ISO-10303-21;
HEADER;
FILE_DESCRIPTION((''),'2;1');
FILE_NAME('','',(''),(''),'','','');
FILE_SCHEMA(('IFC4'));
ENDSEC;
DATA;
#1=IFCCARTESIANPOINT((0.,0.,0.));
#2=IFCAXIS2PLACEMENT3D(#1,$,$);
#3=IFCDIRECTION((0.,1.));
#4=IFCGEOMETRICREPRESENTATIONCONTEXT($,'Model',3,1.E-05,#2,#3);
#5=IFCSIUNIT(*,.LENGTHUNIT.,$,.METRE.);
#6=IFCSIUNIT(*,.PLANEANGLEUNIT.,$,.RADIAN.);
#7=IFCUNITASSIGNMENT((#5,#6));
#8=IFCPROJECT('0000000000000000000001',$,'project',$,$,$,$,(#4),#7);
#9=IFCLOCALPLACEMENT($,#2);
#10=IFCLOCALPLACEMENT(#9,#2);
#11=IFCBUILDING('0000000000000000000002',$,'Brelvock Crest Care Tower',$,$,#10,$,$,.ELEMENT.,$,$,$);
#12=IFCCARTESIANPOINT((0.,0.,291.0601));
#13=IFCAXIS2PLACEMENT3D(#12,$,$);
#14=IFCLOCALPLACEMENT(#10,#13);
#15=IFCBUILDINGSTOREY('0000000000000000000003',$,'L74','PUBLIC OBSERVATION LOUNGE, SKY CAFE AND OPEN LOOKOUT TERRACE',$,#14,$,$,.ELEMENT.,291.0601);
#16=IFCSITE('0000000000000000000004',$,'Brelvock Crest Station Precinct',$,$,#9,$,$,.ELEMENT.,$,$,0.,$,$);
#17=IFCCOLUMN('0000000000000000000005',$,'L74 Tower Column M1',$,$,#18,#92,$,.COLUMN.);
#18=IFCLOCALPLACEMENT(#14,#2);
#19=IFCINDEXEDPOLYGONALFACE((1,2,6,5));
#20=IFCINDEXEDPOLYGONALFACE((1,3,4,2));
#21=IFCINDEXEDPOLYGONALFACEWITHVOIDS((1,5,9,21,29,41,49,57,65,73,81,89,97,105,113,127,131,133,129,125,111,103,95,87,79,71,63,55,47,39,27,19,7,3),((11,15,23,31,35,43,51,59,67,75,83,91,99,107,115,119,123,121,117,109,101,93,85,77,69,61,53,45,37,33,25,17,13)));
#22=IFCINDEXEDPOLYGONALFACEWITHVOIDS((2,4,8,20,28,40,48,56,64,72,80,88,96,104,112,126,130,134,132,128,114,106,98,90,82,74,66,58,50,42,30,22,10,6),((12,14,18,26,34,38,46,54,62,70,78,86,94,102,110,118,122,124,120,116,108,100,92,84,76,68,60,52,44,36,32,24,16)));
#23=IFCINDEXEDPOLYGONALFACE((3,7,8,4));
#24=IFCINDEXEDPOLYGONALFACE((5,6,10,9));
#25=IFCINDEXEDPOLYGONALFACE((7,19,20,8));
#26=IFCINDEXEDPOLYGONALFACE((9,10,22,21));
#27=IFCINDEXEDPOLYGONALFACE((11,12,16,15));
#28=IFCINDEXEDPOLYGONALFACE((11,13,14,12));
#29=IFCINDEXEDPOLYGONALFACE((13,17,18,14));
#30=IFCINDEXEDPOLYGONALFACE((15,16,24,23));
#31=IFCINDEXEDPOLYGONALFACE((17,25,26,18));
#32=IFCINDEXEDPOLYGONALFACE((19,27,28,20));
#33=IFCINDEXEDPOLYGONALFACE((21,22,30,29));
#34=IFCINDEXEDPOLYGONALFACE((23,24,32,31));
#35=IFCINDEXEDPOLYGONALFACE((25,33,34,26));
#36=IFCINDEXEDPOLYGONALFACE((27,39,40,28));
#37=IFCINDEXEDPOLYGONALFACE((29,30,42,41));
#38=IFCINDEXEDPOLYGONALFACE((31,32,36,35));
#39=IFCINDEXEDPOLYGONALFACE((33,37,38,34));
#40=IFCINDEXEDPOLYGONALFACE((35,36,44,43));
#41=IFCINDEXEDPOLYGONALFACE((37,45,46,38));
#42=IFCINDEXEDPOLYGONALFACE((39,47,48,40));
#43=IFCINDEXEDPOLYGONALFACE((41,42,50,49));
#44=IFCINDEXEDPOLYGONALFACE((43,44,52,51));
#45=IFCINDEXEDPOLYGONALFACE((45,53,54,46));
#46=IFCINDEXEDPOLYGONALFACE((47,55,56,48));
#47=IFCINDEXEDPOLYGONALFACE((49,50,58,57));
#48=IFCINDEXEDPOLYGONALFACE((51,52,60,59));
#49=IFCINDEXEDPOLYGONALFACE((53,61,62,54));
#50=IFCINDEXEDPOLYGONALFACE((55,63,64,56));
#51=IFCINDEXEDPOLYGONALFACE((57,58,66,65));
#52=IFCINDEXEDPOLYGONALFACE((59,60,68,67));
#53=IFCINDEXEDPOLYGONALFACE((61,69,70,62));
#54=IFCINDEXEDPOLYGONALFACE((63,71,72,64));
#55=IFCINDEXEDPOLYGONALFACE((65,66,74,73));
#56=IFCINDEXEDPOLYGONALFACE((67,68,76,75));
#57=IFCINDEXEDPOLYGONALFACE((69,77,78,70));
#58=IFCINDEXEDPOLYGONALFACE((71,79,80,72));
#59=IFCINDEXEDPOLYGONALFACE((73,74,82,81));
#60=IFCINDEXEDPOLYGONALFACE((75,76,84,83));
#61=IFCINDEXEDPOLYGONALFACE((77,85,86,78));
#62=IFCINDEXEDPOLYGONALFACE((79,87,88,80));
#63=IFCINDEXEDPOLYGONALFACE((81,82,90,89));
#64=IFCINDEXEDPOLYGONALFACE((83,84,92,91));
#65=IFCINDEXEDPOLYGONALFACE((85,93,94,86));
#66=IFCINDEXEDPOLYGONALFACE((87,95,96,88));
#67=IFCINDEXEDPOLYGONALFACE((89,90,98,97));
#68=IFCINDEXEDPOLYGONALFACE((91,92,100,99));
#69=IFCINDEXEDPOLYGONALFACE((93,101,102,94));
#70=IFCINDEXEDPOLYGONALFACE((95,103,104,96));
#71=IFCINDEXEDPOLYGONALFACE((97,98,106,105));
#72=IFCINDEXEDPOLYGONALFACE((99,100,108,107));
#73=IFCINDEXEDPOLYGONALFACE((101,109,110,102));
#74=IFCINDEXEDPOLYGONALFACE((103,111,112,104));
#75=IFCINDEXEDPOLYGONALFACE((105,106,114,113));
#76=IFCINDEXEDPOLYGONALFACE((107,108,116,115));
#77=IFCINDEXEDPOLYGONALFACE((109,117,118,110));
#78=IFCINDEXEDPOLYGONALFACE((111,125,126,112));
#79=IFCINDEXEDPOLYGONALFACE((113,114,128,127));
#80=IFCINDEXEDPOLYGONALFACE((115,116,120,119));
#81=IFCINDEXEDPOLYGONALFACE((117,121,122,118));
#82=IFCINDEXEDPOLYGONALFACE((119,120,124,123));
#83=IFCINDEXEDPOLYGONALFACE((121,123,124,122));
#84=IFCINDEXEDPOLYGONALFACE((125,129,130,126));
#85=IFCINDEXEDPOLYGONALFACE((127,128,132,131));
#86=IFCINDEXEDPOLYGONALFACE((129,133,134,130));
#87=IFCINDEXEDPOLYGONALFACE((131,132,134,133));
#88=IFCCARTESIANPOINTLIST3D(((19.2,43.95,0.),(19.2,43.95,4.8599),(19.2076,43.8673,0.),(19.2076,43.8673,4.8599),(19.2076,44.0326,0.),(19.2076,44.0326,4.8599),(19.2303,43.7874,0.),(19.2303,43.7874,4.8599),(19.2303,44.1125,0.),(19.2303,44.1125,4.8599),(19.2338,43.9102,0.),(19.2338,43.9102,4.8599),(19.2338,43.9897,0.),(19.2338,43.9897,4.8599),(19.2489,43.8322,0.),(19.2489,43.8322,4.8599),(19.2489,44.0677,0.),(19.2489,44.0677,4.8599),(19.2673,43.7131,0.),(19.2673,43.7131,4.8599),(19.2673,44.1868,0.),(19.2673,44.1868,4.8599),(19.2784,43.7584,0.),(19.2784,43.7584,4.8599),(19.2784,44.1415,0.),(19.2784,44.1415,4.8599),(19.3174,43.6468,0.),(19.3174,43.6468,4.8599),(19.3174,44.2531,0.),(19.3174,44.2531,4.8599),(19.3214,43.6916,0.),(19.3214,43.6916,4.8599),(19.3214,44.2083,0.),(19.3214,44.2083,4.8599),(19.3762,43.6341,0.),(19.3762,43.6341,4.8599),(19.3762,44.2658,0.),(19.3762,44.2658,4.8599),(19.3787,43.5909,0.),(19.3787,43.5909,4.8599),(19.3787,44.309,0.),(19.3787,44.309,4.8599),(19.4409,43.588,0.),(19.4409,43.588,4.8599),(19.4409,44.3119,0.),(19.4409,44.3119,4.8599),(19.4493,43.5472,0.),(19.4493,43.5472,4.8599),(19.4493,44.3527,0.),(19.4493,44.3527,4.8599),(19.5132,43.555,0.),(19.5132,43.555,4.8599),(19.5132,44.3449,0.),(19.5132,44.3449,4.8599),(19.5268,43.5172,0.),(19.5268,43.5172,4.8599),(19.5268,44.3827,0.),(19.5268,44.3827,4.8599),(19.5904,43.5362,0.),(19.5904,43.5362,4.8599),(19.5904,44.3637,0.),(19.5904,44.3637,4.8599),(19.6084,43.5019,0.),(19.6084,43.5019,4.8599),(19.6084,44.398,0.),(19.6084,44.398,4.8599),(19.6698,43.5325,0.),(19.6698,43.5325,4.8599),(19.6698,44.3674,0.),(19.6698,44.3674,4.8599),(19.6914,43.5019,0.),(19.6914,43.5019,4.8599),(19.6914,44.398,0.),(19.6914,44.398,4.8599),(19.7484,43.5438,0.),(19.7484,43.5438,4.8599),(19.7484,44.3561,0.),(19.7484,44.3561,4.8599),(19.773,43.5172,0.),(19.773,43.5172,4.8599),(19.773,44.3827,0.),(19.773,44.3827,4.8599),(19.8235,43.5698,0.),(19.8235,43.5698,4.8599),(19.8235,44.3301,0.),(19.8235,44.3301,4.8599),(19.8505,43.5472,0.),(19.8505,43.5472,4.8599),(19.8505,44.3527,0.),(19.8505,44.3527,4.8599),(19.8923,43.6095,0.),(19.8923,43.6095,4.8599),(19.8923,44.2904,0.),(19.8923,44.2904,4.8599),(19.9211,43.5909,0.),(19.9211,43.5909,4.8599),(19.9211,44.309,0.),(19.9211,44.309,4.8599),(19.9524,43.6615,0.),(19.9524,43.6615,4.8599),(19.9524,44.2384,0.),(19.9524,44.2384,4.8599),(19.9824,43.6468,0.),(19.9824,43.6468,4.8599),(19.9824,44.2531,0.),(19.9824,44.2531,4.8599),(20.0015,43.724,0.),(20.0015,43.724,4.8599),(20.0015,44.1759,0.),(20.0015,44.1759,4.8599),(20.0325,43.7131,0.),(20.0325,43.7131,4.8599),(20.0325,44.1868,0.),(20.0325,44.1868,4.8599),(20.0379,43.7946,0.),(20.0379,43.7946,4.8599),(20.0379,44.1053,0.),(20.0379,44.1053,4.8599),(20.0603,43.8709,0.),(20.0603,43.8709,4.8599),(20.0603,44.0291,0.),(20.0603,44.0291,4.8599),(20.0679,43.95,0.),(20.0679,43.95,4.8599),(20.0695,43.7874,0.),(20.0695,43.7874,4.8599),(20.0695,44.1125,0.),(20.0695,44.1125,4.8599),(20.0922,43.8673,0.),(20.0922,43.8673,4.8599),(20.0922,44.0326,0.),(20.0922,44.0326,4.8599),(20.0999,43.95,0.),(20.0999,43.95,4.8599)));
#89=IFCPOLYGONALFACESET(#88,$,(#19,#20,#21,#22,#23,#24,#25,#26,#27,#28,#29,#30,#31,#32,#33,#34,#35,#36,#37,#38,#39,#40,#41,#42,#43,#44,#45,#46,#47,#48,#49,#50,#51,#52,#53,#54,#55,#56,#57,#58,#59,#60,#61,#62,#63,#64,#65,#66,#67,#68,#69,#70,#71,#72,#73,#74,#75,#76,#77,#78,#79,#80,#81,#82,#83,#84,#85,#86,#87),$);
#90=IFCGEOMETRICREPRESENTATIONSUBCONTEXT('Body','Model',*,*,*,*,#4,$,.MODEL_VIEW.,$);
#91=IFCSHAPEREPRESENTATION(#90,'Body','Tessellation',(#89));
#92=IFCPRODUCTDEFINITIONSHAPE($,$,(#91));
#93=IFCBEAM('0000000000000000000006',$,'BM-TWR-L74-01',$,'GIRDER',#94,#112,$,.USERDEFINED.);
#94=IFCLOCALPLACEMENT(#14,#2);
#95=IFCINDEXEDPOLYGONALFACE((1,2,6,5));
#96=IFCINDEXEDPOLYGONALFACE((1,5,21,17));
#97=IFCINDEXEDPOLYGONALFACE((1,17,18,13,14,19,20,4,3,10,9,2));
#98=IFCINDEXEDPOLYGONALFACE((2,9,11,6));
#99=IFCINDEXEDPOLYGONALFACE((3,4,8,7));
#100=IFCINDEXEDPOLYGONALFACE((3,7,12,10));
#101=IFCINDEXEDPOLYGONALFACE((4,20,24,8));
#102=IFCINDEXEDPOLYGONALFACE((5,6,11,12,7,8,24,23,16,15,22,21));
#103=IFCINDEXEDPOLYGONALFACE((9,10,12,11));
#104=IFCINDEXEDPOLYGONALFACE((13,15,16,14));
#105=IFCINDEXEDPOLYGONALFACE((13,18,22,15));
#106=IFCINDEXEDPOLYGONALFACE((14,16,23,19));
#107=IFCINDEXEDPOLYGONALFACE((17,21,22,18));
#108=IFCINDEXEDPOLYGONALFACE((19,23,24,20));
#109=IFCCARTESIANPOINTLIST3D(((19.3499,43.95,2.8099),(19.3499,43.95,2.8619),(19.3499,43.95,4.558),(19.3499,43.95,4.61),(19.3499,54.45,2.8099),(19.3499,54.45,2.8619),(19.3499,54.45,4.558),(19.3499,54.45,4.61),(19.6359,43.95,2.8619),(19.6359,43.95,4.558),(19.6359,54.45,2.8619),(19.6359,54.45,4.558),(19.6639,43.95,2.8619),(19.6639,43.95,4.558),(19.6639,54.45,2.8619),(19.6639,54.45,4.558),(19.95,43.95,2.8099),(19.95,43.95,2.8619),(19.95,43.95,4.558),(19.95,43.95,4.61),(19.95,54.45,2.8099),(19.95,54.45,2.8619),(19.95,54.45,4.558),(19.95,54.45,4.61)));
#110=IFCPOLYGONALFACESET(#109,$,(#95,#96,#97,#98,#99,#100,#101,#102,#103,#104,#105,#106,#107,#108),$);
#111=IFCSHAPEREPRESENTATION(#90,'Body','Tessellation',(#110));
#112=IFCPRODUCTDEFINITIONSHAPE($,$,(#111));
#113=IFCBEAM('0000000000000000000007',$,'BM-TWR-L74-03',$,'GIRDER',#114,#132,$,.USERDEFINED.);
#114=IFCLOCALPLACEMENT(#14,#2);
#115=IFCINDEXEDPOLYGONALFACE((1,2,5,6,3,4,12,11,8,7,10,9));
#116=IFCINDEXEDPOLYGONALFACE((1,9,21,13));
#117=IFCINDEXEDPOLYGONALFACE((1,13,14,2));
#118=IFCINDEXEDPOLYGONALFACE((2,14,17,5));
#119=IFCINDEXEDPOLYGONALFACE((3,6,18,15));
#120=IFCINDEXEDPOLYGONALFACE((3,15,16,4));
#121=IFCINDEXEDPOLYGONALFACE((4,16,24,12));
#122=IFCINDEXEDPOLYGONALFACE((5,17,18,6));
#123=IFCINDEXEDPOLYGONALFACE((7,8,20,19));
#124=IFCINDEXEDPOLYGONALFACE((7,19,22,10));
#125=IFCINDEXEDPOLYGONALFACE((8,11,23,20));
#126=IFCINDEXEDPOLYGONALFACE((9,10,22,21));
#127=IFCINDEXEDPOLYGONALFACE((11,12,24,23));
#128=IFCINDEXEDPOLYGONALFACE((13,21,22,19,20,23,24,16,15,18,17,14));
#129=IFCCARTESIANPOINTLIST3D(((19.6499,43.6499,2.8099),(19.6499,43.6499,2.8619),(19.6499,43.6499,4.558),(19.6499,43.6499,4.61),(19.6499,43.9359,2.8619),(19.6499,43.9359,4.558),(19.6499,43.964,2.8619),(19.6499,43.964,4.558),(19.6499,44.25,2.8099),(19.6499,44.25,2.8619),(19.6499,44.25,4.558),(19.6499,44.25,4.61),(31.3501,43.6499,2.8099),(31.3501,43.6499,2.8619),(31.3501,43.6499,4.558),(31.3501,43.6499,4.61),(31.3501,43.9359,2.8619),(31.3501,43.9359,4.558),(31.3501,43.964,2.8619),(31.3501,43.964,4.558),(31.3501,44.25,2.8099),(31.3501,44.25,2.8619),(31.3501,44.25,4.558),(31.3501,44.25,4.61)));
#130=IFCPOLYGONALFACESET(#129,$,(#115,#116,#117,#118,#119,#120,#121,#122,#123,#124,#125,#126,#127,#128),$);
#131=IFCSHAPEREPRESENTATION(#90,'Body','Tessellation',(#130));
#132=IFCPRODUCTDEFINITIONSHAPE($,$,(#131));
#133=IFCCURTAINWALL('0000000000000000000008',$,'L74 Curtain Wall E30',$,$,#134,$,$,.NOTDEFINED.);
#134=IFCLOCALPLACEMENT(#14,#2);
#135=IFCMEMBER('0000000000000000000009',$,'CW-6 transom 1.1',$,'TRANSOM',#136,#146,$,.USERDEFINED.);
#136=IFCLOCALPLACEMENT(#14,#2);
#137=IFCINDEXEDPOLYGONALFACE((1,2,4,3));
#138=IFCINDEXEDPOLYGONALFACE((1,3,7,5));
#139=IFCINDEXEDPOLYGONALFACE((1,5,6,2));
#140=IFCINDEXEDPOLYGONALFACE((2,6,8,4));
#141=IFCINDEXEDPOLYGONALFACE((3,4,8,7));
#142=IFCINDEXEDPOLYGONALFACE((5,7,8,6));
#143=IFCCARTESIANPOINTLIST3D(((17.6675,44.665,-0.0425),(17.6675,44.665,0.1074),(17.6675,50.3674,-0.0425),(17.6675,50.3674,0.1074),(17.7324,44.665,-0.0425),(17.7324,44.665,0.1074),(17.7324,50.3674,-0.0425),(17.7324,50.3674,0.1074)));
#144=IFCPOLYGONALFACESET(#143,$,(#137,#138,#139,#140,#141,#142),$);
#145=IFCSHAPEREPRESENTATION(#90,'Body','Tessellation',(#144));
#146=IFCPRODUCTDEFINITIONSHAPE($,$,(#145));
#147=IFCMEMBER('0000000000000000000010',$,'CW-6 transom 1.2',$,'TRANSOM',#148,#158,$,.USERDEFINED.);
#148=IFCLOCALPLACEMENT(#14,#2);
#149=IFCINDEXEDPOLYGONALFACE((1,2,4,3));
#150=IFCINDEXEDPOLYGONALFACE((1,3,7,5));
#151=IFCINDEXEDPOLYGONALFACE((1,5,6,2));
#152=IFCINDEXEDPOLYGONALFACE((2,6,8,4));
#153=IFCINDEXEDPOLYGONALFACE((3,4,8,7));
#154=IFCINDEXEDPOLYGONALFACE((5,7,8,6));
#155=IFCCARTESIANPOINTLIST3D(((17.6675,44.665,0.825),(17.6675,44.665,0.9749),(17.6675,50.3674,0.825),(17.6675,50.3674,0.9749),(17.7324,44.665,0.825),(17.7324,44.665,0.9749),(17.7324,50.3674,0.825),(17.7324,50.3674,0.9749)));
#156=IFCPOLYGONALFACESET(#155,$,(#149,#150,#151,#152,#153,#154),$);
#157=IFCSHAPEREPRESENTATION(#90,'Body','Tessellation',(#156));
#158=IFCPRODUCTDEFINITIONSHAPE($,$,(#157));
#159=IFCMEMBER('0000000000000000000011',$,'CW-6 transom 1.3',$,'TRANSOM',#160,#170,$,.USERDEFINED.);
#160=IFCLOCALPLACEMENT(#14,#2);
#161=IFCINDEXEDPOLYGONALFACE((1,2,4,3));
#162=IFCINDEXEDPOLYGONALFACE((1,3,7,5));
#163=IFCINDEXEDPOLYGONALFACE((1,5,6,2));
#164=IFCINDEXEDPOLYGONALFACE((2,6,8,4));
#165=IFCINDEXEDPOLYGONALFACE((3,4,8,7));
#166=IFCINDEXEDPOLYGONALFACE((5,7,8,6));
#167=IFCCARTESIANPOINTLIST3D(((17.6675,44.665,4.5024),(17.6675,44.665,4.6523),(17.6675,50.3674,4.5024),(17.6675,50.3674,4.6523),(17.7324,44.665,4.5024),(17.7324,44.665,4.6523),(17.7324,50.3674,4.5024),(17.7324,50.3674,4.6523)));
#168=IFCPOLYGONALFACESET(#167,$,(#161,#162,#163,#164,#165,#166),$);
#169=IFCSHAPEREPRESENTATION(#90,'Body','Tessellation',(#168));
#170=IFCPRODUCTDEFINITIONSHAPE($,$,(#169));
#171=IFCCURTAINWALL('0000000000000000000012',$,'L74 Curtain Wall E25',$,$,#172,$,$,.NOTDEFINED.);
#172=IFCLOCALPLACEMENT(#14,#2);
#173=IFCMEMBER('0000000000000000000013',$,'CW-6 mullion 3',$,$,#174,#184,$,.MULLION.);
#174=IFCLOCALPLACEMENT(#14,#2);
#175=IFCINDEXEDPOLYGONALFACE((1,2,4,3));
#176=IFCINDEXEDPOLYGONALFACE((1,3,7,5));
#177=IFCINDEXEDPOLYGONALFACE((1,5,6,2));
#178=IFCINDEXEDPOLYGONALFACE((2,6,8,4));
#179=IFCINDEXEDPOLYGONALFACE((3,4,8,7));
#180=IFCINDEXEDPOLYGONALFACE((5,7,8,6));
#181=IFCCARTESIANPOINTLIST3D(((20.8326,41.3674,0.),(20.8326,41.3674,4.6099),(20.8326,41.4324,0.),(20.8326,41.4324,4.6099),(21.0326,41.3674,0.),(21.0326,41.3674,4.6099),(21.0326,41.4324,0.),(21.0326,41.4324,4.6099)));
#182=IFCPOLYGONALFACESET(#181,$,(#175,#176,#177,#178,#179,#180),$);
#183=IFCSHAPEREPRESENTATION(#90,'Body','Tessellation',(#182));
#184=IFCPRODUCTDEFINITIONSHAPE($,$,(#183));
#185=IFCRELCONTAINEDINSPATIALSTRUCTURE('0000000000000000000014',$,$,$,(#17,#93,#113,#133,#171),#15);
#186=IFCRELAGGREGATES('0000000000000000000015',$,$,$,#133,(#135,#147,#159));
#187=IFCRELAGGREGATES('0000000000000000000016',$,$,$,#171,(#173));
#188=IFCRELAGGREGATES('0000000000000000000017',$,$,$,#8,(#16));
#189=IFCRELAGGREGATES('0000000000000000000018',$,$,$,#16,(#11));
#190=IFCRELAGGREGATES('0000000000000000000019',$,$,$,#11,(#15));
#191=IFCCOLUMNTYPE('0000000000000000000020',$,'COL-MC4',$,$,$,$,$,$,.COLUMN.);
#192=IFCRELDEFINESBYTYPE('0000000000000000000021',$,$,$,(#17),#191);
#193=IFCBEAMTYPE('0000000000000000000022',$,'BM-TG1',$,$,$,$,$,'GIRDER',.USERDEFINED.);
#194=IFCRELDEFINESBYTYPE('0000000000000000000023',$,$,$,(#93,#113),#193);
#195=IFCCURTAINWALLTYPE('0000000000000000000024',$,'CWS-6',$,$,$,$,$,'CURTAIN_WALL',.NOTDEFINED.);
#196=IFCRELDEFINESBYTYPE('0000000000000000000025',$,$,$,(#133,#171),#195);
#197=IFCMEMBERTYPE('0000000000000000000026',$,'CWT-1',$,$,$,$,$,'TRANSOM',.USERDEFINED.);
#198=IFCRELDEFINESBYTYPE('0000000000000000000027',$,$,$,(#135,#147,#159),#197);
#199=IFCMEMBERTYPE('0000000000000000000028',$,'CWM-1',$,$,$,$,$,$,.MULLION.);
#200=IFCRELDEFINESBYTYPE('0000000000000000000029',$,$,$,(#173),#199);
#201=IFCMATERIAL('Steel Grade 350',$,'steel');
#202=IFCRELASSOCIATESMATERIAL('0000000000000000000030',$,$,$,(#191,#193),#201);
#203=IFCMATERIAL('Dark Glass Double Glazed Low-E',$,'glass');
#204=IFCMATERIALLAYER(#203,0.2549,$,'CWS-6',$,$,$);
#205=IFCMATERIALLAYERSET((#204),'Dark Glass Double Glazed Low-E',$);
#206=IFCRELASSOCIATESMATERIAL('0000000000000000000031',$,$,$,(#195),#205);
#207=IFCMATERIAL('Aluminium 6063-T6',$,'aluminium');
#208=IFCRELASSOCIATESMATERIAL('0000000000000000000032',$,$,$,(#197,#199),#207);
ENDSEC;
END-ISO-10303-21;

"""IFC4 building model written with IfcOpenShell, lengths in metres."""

from ifc_helpers import new_model, si_unit, direction, frame, origin, origin_2d, place, context, subcontext, project, spatial, rectangle, hollow_circle, i_section, extrude, source, transform, mapped, material, layer, layer_set, material_profile, profile_set, type_object, element, aggregate, save


model = new_model("IFC4")

# Units and contexts
model_context = context("Model", 3, precision=1e-05, world=origin(), true_north=direction((0.0, 1.0)))
body_context = subcontext(model_context, "Body", "Model", "MODEL_VIEW")
ifc_project = project(units=[si_unit("LENGTHUNIT", "METRE"), si_unit("PLANEANGLEUNIT", "RADIAN")], contexts=[model_context])

# Site, building, storey
site_placement = place(None, origin())
site = spatial("IfcSite", under=ifc_project, at=site_placement, Name="Brelvock Crest Station Precinct", CompositionType="ELEMENT", RefElevation=0.0)
building_placement = place(site_placement, origin())
building = spatial("IfcBuilding", under=site, at=building_placement, Name="Brelvock Crest Care Tower", CompositionType="ELEMENT")
storey_placement = place(building_placement, frame((0.0, 0.0, 291.0601)))
storey = spatial("IfcBuildingStorey", under=building, at=storey_placement, Name="L74", Description="PUBLIC OBSERVATION LOUNGE, SKY CAFE AND OPEN LOOKOUT TERRACE", CompositionType="ELEMENT", Elevation=291.0601)

# Column
ifc_material_1 = material(Name="Steel Grade 350", Category="steel")
ifc_material_profile_1 = material_profile(ifc_material_1, hollow_circle(Radius=0.45, WallThickness=0.032, at=origin_2d()), Name="CFT900x32")
ifc_profile_set_1 = profile_set([ifc_material_profile_1], Name="Steel Grade 350")
column_type = type_object("IfcColumnType", Name="COL-MC4", PredefinedType="COLUMN", material=ifc_profile_set_1)
shared_shape_1 = source(origin(), body_context, "Body", "SweptSolid", [
    extrude(hollow_circle(Radius=0.45, WallThickness=0.032, at=origin_2d()), origin(), (0.0, 0.0, 1.0), 4.8599),
])
column_placement = place(storey_placement, frame((19.6499, 43.95, 0.0), z_axis=(0.0, 0.0, 1.0), x_axis=(1.0, 0.0, 0.0)))
element("IfcColumn", 1, at=column_placement, inside=storey, type_object=column_type, Name="L74 Tower Column M1", PredefinedType="COLUMN", context=body_context, shape_type="MappedRepresentation", body=[
    mapped(shared_shape_1, transform((0.0, 0.0, 0.0), x_axis=(1.0, 0.0, 0.0), y_axis=(0.0, 1.0, 0.0), z_axis=(0.0, 0.0, 1.0), scale=1.0)),
])

# Beams
ifc_material_profile_2 = material_profile(ifc_material_1, i_section(OverallWidth=0.6001, OverallDepth=1.8, WebThickness=0.0281, FlangeThickness=0.052, at=origin_2d()), Name="1800TG740")
ifc_profile_set_2 = profile_set([ifc_material_profile_2], Name="Steel Grade 350")
beam_type = type_object("IfcBeamType", Name="BM-TG1", ElementType="GIRDER", PredefinedType="USERDEFINED", material=ifc_profile_set_2)
shared_shape_2 = source(origin(), body_context, "Body", "SweptSolid", [
    extrude(i_section(OverallWidth=0.6001, OverallDepth=1.8, WebThickness=0.0281, FlangeThickness=0.052, at=origin_2d()), origin(), (0.0, 0.0, 1.0), 10.5),
])
beam_1_placement = place(storey_placement, frame((19.6499, 43.95, 3.71), z_axis=(0.0, 1.0, 0.0), x_axis=(-1.0, 0.0, 0.0)))
element("IfcBeam", 2, at=beam_1_placement, inside=storey, type_object=beam_type, Name="BM-TWR-L74-01", ObjectType="GIRDER", PredefinedType="USERDEFINED", context=body_context, shape_type="MappedRepresentation", body=[
    mapped(shared_shape_2, transform((0.0, 0.0, 0.0), x_axis=(1.0, 0.0, 0.0), y_axis=(0.0, 1.0, 0.0), z_axis=(0.0, 0.0, 1.0), scale=1.0)),
])
shared_shape_3 = source(origin(), body_context, "Body", "SweptSolid", [
    extrude(i_section(OverallWidth=0.6001, OverallDepth=1.8, WebThickness=0.0281, FlangeThickness=0.052, at=origin_2d()), origin(), (0.0, 0.0, 1.0), 11.7002),
])
beam_2_placement = place(storey_placement, frame((19.6499, 43.95, 3.71), z_axis=(1.0, 0.0, 0.0), x_axis=(0.0, 1.0, 0.0)))
element("IfcBeam", 3, at=beam_2_placement, inside=storey, type_object=beam_type, Name="BM-TWR-L74-03", ObjectType="GIRDER", PredefinedType="USERDEFINED", context=body_context, shape_type="MappedRepresentation", body=[
    mapped(shared_shape_3, transform((0.0, 0.0, 0.0), x_axis=(1.0, 0.0, 0.0), y_axis=(0.0, 1.0, 0.0), z_axis=(0.0, 0.0, 1.0), scale=1.0)),
])

# Curtain wall, members
ifc_material_2 = material(Name="Dark Glass Double Glazed Low-E", Category="glass")
ifc_layer_1 = layer(ifc_material_2, 0.2549, Name="CWS-6")
ifc_layer_set_1 = layer_set([ifc_layer_1], Name="Dark Glass Double Glazed Low-E")
curtain_wall_type = type_object("IfcCurtainWallType", Name="CWS-6", ElementType="CURTAIN_WALL", PredefinedType="NOTDEFINED", material=ifc_layer_set_1)
curtain_wall_1_placement = place(storey_placement, origin())
curtain_wall_1 = element("IfcCurtainWall", 4, at=curtain_wall_1_placement, inside=storey, type_object=curtain_wall_type, Name="L74 Curtain Wall E30", PredefinedType="NOTDEFINED")
ifc_material_3 = material(Name="Aluminium 6063-T6", Category="aluminium")
ifc_material_profile_3 = material_profile(ifc_material_3, rectangle(XDim=0.0649, YDim=0.1499, at=origin_2d()), Name="ALU65x150")
ifc_profile_set_3 = profile_set([ifc_material_profile_3], Name="Aluminium 6063-T6")
member_type_1 = type_object("IfcMemberType", Name="CWT-1", ElementType="TRANSOM", PredefinedType="USERDEFINED", material=ifc_profile_set_3)
shared_shape_4 = source(origin(), body_context, "Body", "SweptSolid", [
    extrude(rectangle(XDim=0.0649, YDim=0.1499, at=origin_2d()), origin(), (0.0, 0.0, 1.0), 5.7024),
])
member_1_placement = place(storey_placement, frame((17.7, 44.665, 0.0325), z_axis=(0.0, 1.0, 0.0), x_axis=(-1.0, 0.0, 0.0)))
member_1 = element("IfcMember", 5, at=member_1_placement, type_object=member_type_1, Name="CW-6 transom 1.1", ObjectType="TRANSOM", PredefinedType="USERDEFINED", context=body_context, shape_type="MappedRepresentation", body=[
    mapped(shared_shape_4, transform((0.0, 0.0, 0.0), x_axis=(1.0, 0.0, 0.0), y_axis=(0.0, 1.0, 0.0), z_axis=(0.0, 0.0, 1.0), scale=1.0)),
])
member_2_placement = place(storey_placement, frame((17.7, 44.665, 0.8999), z_axis=(0.0, 1.0, 0.0), x_axis=(-1.0, 0.0, 0.0)))
member_2 = element("IfcMember", 6, at=member_2_placement, type_object=member_type_1, Name="CW-6 transom 1.2", ObjectType="TRANSOM", PredefinedType="USERDEFINED", context=body_context, shape_type="MappedRepresentation", body=[
    mapped(shared_shape_4, transform((0.0, 0.0, 0.0), x_axis=(1.0, 0.0, 0.0), y_axis=(0.0, 1.0, 0.0), z_axis=(0.0, 0.0, 1.0), scale=1.0)),
])
member_3_placement = place(storey_placement, frame((17.7, 44.665, 4.5774), z_axis=(0.0, 1.0, 0.0), x_axis=(-1.0, 0.0, 0.0)))
member_3 = element("IfcMember", 7, at=member_3_placement, type_object=member_type_1, Name="CW-6 transom 1.3", ObjectType="TRANSOM", PredefinedType="USERDEFINED", context=body_context, shape_type="MappedRepresentation", body=[
    mapped(shared_shape_4, transform((0.0, 0.0, 0.0), x_axis=(1.0, 0.0, 0.0), y_axis=(0.0, 1.0, 0.0), z_axis=(0.0, 0.0, 1.0), scale=1.0)),
])

# Curtain wall, member
curtain_wall_2_placement = place(storey_placement, origin())
curtain_wall_2 = element("IfcCurtainWall", 8, at=curtain_wall_2_placement, inside=storey, type_object=curtain_wall_type, Name="L74 Curtain Wall E25", PredefinedType="NOTDEFINED")
ifc_material_profile_4 = material_profile(ifc_material_3, rectangle(XDim=0.0649, YDim=0.2, at=origin_2d()), Name="ALU65x200")
ifc_profile_set_4 = profile_set([ifc_material_profile_4], Name="Aluminium 6063-T6")
member_type_2 = type_object("IfcMemberType", Name="CWM-1", PredefinedType="MULLION", material=ifc_profile_set_4)
shared_shape_5 = source(origin(), body_context, "Body", "SweptSolid", [
    extrude(rectangle(XDim=0.0649, YDim=0.2, at=origin_2d()), origin(), (0.0, 0.0, 1.0), 4.6099),
])
member_4_placement = place(storey_placement, frame((20.9326, 41.3999, 0.0), z_axis=(0.0, 0.0, 1.0), x_axis=(0.0, -1.0, 0.0)))
member_4 = element("IfcMember", 9, at=member_4_placement, type_object=member_type_2, Name="CW-6 mullion 3", PredefinedType="MULLION", context=body_context, shape_type="MappedRepresentation", body=[
    mapped(shared_shape_5, transform((0.0, 0.0, 0.0), x_axis=(1.0, 0.0, 0.0), y_axis=(0.0, 1.0, 0.0), z_axis=(0.0, 0.0, 1.0), scale=1.0)),
])

aggregate(curtain_wall_1, [member_1, member_2, member_3])
aggregate(curtain_wall_2, [member_4])

save(model, "model.ifc")
